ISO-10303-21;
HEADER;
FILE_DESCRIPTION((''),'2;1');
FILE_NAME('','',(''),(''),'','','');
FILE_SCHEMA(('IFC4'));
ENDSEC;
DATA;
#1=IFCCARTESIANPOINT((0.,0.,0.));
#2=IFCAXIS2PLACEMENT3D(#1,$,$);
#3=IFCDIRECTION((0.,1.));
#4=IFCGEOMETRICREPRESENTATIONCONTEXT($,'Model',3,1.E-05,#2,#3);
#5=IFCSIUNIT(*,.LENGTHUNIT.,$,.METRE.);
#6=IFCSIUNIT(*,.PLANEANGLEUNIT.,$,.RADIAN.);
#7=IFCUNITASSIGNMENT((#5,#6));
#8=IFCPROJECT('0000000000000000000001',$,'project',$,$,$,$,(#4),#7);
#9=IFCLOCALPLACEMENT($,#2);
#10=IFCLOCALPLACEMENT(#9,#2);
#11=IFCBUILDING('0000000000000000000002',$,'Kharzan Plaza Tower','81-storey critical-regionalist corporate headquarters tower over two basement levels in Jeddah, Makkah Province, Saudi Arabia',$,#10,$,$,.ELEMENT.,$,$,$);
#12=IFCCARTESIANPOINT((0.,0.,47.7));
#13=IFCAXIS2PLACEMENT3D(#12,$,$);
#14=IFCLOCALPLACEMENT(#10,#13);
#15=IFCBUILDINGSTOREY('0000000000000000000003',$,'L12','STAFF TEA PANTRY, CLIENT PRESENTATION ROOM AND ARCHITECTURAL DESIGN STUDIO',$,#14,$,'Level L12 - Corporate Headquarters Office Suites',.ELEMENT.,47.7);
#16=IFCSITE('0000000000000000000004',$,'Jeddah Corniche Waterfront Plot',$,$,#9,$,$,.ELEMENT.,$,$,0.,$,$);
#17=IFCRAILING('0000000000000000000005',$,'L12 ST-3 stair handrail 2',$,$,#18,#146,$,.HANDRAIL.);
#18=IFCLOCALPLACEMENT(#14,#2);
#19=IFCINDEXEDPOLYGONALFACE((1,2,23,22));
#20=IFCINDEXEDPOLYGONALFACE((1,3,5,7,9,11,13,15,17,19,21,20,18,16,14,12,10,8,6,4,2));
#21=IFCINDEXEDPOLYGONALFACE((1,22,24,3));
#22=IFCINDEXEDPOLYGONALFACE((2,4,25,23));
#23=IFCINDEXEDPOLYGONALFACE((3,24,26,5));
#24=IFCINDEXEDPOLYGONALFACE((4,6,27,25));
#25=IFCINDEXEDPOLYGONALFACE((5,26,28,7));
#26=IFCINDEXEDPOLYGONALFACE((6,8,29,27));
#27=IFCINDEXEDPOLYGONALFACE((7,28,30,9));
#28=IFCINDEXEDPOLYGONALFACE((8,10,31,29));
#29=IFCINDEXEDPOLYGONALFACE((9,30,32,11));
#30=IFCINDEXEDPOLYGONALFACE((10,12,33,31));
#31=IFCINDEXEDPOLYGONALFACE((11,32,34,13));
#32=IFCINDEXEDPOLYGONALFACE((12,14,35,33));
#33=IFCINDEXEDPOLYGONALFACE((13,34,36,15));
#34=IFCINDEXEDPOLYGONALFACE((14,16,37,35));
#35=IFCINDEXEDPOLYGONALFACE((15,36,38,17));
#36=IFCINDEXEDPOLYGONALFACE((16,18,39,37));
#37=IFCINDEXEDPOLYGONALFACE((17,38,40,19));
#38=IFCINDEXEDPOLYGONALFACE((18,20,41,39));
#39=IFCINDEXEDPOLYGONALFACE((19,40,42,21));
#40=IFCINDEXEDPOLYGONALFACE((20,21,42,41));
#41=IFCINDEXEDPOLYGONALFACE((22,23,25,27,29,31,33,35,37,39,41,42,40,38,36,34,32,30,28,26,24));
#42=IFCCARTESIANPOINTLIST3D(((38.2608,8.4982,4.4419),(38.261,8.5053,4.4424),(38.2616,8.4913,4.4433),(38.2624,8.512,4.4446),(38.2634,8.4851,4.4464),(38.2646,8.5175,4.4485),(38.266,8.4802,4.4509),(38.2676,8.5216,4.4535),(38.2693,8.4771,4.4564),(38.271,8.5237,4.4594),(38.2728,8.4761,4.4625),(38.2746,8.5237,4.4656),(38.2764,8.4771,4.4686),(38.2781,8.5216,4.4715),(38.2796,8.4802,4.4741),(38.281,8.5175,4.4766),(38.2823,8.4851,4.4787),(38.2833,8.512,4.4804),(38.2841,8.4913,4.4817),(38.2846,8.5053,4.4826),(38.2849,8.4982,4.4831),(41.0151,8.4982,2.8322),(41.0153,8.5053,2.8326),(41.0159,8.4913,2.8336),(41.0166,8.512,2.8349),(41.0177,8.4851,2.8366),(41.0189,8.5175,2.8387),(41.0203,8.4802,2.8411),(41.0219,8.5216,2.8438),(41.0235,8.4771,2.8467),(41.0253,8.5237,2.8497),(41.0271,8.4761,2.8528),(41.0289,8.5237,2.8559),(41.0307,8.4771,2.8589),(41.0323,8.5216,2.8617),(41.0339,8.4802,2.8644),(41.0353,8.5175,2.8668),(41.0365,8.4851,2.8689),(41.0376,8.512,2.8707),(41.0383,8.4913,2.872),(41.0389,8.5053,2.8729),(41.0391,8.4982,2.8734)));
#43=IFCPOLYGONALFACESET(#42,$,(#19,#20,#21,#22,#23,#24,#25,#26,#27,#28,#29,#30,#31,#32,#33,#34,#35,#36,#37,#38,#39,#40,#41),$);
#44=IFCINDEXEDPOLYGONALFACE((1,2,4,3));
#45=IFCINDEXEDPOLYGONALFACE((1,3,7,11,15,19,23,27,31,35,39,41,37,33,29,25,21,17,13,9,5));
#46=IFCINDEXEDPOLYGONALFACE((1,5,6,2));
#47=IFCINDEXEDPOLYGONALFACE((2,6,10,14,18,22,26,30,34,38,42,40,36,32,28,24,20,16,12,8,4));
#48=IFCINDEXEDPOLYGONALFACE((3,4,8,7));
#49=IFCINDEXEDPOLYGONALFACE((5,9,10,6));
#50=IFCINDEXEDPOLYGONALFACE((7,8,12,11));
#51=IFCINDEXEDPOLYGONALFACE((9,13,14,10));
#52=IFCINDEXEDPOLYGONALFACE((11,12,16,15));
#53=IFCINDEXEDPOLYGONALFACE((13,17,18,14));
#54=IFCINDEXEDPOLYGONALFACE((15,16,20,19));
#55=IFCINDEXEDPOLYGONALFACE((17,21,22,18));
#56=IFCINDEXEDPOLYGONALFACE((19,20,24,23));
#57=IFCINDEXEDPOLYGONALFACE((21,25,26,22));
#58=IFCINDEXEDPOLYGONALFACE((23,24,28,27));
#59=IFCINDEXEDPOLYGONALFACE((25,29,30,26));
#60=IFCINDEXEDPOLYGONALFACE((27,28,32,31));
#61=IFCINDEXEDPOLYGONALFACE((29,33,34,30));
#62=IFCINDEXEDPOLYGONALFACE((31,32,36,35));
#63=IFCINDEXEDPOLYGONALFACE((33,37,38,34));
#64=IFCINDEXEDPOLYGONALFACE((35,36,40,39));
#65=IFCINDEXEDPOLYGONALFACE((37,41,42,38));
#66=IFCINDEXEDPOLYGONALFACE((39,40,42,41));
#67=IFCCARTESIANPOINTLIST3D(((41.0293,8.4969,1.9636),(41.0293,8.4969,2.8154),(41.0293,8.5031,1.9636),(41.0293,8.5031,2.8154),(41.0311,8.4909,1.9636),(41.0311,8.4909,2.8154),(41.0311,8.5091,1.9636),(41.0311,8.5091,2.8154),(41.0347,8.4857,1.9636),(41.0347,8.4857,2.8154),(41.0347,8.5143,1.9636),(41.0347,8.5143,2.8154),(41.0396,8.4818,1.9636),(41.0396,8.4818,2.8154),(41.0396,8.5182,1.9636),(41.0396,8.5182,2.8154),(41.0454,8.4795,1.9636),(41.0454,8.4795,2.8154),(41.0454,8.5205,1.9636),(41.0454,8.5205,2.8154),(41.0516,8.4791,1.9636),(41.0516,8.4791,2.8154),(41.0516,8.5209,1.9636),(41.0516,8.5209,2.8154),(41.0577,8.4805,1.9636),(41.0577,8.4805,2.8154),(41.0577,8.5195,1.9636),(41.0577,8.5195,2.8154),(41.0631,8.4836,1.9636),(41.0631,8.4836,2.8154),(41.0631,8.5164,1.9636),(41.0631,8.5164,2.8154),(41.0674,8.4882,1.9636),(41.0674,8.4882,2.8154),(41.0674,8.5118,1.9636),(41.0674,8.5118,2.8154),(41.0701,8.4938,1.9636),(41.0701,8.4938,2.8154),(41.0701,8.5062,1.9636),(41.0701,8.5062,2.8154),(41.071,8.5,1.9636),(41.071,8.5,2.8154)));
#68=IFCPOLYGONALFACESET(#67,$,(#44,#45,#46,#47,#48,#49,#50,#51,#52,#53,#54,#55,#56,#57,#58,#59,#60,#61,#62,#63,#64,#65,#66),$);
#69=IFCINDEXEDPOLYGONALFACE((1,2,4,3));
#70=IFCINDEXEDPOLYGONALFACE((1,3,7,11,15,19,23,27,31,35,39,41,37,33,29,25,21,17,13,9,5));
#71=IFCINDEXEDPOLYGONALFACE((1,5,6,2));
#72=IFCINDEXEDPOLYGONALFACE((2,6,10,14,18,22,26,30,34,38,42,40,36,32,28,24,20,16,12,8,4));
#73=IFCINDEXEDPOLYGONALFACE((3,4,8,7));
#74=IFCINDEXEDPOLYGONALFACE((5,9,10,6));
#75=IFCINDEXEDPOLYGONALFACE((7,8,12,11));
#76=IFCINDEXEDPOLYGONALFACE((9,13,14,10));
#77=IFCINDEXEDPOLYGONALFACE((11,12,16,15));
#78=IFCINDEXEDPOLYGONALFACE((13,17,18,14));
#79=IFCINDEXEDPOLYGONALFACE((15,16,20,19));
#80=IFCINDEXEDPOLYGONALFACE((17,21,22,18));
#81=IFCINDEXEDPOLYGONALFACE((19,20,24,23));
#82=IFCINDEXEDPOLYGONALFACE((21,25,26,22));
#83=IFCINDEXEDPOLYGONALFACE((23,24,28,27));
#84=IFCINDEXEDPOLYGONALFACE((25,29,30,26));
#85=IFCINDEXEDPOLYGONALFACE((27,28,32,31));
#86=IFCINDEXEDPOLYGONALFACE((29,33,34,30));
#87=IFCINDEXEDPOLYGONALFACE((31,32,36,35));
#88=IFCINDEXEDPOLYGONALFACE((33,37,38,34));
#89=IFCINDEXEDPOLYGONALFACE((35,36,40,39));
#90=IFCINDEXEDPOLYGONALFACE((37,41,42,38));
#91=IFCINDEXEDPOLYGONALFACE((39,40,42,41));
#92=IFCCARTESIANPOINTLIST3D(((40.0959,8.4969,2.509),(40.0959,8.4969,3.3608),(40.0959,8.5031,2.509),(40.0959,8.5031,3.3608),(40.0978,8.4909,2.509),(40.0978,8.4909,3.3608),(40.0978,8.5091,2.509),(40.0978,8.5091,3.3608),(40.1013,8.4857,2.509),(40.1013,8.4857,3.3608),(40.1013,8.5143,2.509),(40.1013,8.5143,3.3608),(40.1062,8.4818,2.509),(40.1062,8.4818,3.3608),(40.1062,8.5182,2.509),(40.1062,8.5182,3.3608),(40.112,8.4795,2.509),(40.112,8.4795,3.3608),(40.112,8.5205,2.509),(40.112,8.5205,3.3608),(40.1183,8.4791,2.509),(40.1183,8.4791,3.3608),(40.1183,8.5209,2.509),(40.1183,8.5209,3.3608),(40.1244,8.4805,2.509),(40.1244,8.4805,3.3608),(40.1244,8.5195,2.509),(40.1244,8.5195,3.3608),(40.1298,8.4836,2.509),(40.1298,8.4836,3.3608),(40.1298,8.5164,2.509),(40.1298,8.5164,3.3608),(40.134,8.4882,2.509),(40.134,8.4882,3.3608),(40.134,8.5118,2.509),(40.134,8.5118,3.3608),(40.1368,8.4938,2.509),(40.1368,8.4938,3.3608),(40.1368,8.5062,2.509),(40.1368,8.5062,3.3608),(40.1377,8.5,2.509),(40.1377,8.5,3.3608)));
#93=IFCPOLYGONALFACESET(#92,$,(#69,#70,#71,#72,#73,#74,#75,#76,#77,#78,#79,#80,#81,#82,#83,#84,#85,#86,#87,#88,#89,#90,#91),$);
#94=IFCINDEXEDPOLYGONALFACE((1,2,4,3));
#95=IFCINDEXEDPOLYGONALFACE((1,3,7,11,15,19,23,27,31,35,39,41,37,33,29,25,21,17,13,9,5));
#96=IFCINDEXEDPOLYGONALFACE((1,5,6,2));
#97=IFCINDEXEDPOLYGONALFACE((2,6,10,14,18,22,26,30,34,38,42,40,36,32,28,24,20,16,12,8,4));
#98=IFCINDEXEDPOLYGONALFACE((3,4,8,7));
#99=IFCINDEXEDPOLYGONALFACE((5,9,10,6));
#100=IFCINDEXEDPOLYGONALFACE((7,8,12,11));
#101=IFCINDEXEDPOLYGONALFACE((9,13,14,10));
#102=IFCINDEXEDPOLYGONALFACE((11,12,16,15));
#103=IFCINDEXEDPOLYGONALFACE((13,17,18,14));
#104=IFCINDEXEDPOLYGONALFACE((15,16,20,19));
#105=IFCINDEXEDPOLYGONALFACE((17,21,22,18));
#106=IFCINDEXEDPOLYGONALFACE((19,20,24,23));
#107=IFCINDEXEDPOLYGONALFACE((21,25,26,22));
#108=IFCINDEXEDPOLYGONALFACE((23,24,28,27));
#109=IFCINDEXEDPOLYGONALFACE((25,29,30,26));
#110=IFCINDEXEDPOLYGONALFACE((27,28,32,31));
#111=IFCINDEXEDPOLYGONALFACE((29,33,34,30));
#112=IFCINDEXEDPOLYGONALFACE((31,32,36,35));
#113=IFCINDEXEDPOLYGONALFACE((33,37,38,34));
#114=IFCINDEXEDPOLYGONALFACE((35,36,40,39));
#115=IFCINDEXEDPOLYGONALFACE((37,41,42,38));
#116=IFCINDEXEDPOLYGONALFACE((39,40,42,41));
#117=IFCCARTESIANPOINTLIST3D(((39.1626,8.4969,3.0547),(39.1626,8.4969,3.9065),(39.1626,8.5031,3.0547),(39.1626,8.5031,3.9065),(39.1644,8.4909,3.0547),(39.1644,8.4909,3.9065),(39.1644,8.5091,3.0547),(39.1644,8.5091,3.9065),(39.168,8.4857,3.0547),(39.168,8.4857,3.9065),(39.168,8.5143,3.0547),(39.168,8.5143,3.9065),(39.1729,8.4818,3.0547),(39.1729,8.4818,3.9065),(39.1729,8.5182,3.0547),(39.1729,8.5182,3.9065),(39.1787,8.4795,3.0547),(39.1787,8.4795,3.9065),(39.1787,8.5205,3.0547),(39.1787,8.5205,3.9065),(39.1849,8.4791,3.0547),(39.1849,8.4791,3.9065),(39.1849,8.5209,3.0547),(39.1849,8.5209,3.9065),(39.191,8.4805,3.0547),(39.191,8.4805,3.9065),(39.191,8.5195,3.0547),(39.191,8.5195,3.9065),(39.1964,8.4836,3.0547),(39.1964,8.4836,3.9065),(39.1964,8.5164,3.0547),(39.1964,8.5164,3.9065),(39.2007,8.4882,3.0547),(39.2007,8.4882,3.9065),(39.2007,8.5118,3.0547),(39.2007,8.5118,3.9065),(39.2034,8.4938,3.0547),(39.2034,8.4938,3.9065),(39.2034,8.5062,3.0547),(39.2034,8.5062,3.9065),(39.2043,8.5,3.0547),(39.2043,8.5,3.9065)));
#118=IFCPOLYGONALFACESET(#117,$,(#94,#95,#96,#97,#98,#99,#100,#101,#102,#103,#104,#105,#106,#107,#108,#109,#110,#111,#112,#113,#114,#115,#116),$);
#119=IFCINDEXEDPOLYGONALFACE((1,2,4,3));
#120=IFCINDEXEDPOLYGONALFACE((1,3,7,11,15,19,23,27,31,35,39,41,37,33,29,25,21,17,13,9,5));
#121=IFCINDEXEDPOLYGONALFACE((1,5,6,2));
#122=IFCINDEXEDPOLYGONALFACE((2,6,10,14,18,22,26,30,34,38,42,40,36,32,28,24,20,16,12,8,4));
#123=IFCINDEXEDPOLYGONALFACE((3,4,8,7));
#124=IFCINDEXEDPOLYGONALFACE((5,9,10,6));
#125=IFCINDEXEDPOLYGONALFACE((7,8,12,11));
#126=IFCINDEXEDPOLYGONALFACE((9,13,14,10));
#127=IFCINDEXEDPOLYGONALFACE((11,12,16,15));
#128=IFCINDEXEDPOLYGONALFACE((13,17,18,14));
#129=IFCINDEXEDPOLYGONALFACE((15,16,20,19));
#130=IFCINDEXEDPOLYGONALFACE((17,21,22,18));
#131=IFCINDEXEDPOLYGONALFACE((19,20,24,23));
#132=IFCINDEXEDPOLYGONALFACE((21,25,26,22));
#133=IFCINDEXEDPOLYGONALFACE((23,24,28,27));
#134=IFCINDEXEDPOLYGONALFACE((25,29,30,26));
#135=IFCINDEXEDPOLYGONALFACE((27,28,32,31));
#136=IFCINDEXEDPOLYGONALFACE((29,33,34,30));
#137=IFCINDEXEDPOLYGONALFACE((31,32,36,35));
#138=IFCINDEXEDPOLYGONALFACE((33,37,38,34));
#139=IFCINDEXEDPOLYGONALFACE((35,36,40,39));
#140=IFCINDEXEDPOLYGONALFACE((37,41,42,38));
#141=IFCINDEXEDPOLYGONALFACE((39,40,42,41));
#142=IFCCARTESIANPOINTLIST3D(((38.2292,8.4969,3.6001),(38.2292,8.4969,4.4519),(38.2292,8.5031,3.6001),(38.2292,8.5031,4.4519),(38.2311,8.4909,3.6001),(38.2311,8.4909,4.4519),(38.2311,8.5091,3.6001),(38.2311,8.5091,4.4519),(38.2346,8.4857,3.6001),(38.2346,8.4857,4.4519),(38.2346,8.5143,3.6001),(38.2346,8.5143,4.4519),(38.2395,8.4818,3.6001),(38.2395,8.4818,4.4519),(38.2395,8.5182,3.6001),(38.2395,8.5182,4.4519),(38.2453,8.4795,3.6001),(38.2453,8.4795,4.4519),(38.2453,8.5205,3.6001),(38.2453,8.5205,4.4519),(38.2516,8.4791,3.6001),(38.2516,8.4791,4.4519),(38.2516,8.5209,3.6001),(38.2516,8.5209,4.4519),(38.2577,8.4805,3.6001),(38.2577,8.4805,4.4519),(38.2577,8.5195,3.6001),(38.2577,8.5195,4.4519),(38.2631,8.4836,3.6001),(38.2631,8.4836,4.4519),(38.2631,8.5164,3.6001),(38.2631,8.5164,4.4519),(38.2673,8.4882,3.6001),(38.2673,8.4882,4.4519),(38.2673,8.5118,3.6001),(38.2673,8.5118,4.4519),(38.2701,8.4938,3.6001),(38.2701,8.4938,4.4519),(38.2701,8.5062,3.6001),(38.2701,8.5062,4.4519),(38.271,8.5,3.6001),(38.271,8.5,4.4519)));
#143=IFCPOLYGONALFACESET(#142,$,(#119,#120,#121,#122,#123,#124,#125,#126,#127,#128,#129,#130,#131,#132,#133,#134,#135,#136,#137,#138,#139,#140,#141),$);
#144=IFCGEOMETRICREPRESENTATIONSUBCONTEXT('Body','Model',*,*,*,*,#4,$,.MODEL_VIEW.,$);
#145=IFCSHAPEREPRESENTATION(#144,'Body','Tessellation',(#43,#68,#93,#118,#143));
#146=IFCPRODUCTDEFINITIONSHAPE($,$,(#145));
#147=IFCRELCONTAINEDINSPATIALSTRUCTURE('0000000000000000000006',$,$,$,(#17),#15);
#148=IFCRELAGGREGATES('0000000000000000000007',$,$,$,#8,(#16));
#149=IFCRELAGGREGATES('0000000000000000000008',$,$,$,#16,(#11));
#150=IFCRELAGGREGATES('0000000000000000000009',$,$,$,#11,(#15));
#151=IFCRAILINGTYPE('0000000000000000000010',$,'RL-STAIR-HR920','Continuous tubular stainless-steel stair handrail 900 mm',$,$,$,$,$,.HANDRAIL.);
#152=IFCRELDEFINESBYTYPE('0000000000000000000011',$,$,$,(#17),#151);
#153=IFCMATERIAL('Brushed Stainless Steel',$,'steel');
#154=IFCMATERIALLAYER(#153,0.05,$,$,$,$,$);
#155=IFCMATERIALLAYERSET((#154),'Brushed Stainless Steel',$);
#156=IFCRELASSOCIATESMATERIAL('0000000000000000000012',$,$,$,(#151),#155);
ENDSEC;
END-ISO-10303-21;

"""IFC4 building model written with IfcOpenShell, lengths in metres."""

from ifc_helpers import new_model, si_unit, direction, frame, origin, origin_2d, place, context, subcontext, project, spatial, circle, extrude, source, transform, mapped, material, layer, layer_set, type_object, element, save


model = new_model("IFC4")

# Units and contexts
model_context = context("Model", 3, precision=1e-05, world=origin(), true_north=direction((0.0, 1.0)))
body_context = subcontext(model_context, "Body", "Model", "MODEL_VIEW")
ifc_project = project(units=[si_unit("LENGTHUNIT", "METRE"), si_unit("PLANEANGLEUNIT", "RADIAN")], contexts=[model_context])

# Site, building, storey
site_placement = place(None, origin())
site = spatial("IfcSite", under=ifc_project, at=site_placement, Name="Jeddah Corniche Waterfront Plot", CompositionType="ELEMENT", RefElevation=0.0)
building_placement = place(site_placement, origin())
building = spatial("IfcBuilding", under=site, at=building_placement, Name="Kharzan Plaza Tower", Description="81-storey critical-regionalist corporate headquarters tower over two basement levels in Jeddah, Makkah Province, Saudi Arabia", CompositionType="ELEMENT")
storey_placement = place(building_placement, frame((0.0, 0.0, 47.7)))
storey = spatial("IfcBuildingStorey", under=building, at=storey_placement, Name="L12", Description="STAFF TEA PANTRY, CLIENT PRESENTATION ROOM AND ARCHITECTURAL DESIGN STUDIO", LongName="Level L12 - Corporate Headquarters Office Suites", CompositionType="ELEMENT", Elevation=47.7)

# Shared definitions
ifc_material_1 = material(Name="Brushed Stainless Steel", Category="steel")

# Railing
ifc_layer_1 = layer(ifc_material_1, 0.05)
ifc_layer_set_1 = layer_set([ifc_layer_1], Name="Brushed Stainless Steel")
railing_type_1 = type_object("IfcRailingType", Name="RL-STAIR-HR920", Description="Continuous tubular stainless-steel stair handrail 900 mm", PredefinedType="HANDRAIL", material=ifc_layer_set_1)
shared_shape_1 = source(origin(), body_context, "Body", "SweptSolid", [
    extrude(circle(Radius=0.0239, at=origin_2d()), frame((-0.0229, 0.0, 0.8892), z_axis=(-0.863361, 0.0, 0.504587), x_axis=(0.0, -1.0, 0.0)), (0.0, 0.0, 1.0), 3.1902),
    extrude(circle(Radius=0.021, at=origin_2d()), origin(), (0.0, 0.0, 1.0), 0.8518),
    extrude(circle(Radius=0.021, at=origin_2d()), frame((-0.9333, 0.0, 0.5454)), (0.0, 0.0, 1.0), 0.8518),
    extrude(circle(Radius=0.021, at=origin_2d()), frame((-1.8667, 0.0, 1.0911)), (0.0, 0.0, 1.0), 0.8518),
    extrude(circle(Radius=0.021, at=origin_2d()), frame((-2.8, 0.0, 1.6365)), (0.0, 0.0, 1.0), 0.8518),
])
railing_1_placement = place(storey_placement, frame((41.05, 8.5, 1.9636)))
element("IfcRailing", 1, at=railing_1_placement, inside=storey, type_object=railing_type_1, Name="L12 ST-3 stair handrail 2", PredefinedType="HANDRAIL", context=body_context, shape_type="MappedRepresentation", body=[
    mapped(shared_shape_1, transform((0.0, 0.0, 0.0), x_axis=(1.0, 0.0, 0.0), y_axis=(0.0, 1.0, 0.0), z_axis=(0.0, 0.0, 1.0))),
])

save(model, "model.ifc")
